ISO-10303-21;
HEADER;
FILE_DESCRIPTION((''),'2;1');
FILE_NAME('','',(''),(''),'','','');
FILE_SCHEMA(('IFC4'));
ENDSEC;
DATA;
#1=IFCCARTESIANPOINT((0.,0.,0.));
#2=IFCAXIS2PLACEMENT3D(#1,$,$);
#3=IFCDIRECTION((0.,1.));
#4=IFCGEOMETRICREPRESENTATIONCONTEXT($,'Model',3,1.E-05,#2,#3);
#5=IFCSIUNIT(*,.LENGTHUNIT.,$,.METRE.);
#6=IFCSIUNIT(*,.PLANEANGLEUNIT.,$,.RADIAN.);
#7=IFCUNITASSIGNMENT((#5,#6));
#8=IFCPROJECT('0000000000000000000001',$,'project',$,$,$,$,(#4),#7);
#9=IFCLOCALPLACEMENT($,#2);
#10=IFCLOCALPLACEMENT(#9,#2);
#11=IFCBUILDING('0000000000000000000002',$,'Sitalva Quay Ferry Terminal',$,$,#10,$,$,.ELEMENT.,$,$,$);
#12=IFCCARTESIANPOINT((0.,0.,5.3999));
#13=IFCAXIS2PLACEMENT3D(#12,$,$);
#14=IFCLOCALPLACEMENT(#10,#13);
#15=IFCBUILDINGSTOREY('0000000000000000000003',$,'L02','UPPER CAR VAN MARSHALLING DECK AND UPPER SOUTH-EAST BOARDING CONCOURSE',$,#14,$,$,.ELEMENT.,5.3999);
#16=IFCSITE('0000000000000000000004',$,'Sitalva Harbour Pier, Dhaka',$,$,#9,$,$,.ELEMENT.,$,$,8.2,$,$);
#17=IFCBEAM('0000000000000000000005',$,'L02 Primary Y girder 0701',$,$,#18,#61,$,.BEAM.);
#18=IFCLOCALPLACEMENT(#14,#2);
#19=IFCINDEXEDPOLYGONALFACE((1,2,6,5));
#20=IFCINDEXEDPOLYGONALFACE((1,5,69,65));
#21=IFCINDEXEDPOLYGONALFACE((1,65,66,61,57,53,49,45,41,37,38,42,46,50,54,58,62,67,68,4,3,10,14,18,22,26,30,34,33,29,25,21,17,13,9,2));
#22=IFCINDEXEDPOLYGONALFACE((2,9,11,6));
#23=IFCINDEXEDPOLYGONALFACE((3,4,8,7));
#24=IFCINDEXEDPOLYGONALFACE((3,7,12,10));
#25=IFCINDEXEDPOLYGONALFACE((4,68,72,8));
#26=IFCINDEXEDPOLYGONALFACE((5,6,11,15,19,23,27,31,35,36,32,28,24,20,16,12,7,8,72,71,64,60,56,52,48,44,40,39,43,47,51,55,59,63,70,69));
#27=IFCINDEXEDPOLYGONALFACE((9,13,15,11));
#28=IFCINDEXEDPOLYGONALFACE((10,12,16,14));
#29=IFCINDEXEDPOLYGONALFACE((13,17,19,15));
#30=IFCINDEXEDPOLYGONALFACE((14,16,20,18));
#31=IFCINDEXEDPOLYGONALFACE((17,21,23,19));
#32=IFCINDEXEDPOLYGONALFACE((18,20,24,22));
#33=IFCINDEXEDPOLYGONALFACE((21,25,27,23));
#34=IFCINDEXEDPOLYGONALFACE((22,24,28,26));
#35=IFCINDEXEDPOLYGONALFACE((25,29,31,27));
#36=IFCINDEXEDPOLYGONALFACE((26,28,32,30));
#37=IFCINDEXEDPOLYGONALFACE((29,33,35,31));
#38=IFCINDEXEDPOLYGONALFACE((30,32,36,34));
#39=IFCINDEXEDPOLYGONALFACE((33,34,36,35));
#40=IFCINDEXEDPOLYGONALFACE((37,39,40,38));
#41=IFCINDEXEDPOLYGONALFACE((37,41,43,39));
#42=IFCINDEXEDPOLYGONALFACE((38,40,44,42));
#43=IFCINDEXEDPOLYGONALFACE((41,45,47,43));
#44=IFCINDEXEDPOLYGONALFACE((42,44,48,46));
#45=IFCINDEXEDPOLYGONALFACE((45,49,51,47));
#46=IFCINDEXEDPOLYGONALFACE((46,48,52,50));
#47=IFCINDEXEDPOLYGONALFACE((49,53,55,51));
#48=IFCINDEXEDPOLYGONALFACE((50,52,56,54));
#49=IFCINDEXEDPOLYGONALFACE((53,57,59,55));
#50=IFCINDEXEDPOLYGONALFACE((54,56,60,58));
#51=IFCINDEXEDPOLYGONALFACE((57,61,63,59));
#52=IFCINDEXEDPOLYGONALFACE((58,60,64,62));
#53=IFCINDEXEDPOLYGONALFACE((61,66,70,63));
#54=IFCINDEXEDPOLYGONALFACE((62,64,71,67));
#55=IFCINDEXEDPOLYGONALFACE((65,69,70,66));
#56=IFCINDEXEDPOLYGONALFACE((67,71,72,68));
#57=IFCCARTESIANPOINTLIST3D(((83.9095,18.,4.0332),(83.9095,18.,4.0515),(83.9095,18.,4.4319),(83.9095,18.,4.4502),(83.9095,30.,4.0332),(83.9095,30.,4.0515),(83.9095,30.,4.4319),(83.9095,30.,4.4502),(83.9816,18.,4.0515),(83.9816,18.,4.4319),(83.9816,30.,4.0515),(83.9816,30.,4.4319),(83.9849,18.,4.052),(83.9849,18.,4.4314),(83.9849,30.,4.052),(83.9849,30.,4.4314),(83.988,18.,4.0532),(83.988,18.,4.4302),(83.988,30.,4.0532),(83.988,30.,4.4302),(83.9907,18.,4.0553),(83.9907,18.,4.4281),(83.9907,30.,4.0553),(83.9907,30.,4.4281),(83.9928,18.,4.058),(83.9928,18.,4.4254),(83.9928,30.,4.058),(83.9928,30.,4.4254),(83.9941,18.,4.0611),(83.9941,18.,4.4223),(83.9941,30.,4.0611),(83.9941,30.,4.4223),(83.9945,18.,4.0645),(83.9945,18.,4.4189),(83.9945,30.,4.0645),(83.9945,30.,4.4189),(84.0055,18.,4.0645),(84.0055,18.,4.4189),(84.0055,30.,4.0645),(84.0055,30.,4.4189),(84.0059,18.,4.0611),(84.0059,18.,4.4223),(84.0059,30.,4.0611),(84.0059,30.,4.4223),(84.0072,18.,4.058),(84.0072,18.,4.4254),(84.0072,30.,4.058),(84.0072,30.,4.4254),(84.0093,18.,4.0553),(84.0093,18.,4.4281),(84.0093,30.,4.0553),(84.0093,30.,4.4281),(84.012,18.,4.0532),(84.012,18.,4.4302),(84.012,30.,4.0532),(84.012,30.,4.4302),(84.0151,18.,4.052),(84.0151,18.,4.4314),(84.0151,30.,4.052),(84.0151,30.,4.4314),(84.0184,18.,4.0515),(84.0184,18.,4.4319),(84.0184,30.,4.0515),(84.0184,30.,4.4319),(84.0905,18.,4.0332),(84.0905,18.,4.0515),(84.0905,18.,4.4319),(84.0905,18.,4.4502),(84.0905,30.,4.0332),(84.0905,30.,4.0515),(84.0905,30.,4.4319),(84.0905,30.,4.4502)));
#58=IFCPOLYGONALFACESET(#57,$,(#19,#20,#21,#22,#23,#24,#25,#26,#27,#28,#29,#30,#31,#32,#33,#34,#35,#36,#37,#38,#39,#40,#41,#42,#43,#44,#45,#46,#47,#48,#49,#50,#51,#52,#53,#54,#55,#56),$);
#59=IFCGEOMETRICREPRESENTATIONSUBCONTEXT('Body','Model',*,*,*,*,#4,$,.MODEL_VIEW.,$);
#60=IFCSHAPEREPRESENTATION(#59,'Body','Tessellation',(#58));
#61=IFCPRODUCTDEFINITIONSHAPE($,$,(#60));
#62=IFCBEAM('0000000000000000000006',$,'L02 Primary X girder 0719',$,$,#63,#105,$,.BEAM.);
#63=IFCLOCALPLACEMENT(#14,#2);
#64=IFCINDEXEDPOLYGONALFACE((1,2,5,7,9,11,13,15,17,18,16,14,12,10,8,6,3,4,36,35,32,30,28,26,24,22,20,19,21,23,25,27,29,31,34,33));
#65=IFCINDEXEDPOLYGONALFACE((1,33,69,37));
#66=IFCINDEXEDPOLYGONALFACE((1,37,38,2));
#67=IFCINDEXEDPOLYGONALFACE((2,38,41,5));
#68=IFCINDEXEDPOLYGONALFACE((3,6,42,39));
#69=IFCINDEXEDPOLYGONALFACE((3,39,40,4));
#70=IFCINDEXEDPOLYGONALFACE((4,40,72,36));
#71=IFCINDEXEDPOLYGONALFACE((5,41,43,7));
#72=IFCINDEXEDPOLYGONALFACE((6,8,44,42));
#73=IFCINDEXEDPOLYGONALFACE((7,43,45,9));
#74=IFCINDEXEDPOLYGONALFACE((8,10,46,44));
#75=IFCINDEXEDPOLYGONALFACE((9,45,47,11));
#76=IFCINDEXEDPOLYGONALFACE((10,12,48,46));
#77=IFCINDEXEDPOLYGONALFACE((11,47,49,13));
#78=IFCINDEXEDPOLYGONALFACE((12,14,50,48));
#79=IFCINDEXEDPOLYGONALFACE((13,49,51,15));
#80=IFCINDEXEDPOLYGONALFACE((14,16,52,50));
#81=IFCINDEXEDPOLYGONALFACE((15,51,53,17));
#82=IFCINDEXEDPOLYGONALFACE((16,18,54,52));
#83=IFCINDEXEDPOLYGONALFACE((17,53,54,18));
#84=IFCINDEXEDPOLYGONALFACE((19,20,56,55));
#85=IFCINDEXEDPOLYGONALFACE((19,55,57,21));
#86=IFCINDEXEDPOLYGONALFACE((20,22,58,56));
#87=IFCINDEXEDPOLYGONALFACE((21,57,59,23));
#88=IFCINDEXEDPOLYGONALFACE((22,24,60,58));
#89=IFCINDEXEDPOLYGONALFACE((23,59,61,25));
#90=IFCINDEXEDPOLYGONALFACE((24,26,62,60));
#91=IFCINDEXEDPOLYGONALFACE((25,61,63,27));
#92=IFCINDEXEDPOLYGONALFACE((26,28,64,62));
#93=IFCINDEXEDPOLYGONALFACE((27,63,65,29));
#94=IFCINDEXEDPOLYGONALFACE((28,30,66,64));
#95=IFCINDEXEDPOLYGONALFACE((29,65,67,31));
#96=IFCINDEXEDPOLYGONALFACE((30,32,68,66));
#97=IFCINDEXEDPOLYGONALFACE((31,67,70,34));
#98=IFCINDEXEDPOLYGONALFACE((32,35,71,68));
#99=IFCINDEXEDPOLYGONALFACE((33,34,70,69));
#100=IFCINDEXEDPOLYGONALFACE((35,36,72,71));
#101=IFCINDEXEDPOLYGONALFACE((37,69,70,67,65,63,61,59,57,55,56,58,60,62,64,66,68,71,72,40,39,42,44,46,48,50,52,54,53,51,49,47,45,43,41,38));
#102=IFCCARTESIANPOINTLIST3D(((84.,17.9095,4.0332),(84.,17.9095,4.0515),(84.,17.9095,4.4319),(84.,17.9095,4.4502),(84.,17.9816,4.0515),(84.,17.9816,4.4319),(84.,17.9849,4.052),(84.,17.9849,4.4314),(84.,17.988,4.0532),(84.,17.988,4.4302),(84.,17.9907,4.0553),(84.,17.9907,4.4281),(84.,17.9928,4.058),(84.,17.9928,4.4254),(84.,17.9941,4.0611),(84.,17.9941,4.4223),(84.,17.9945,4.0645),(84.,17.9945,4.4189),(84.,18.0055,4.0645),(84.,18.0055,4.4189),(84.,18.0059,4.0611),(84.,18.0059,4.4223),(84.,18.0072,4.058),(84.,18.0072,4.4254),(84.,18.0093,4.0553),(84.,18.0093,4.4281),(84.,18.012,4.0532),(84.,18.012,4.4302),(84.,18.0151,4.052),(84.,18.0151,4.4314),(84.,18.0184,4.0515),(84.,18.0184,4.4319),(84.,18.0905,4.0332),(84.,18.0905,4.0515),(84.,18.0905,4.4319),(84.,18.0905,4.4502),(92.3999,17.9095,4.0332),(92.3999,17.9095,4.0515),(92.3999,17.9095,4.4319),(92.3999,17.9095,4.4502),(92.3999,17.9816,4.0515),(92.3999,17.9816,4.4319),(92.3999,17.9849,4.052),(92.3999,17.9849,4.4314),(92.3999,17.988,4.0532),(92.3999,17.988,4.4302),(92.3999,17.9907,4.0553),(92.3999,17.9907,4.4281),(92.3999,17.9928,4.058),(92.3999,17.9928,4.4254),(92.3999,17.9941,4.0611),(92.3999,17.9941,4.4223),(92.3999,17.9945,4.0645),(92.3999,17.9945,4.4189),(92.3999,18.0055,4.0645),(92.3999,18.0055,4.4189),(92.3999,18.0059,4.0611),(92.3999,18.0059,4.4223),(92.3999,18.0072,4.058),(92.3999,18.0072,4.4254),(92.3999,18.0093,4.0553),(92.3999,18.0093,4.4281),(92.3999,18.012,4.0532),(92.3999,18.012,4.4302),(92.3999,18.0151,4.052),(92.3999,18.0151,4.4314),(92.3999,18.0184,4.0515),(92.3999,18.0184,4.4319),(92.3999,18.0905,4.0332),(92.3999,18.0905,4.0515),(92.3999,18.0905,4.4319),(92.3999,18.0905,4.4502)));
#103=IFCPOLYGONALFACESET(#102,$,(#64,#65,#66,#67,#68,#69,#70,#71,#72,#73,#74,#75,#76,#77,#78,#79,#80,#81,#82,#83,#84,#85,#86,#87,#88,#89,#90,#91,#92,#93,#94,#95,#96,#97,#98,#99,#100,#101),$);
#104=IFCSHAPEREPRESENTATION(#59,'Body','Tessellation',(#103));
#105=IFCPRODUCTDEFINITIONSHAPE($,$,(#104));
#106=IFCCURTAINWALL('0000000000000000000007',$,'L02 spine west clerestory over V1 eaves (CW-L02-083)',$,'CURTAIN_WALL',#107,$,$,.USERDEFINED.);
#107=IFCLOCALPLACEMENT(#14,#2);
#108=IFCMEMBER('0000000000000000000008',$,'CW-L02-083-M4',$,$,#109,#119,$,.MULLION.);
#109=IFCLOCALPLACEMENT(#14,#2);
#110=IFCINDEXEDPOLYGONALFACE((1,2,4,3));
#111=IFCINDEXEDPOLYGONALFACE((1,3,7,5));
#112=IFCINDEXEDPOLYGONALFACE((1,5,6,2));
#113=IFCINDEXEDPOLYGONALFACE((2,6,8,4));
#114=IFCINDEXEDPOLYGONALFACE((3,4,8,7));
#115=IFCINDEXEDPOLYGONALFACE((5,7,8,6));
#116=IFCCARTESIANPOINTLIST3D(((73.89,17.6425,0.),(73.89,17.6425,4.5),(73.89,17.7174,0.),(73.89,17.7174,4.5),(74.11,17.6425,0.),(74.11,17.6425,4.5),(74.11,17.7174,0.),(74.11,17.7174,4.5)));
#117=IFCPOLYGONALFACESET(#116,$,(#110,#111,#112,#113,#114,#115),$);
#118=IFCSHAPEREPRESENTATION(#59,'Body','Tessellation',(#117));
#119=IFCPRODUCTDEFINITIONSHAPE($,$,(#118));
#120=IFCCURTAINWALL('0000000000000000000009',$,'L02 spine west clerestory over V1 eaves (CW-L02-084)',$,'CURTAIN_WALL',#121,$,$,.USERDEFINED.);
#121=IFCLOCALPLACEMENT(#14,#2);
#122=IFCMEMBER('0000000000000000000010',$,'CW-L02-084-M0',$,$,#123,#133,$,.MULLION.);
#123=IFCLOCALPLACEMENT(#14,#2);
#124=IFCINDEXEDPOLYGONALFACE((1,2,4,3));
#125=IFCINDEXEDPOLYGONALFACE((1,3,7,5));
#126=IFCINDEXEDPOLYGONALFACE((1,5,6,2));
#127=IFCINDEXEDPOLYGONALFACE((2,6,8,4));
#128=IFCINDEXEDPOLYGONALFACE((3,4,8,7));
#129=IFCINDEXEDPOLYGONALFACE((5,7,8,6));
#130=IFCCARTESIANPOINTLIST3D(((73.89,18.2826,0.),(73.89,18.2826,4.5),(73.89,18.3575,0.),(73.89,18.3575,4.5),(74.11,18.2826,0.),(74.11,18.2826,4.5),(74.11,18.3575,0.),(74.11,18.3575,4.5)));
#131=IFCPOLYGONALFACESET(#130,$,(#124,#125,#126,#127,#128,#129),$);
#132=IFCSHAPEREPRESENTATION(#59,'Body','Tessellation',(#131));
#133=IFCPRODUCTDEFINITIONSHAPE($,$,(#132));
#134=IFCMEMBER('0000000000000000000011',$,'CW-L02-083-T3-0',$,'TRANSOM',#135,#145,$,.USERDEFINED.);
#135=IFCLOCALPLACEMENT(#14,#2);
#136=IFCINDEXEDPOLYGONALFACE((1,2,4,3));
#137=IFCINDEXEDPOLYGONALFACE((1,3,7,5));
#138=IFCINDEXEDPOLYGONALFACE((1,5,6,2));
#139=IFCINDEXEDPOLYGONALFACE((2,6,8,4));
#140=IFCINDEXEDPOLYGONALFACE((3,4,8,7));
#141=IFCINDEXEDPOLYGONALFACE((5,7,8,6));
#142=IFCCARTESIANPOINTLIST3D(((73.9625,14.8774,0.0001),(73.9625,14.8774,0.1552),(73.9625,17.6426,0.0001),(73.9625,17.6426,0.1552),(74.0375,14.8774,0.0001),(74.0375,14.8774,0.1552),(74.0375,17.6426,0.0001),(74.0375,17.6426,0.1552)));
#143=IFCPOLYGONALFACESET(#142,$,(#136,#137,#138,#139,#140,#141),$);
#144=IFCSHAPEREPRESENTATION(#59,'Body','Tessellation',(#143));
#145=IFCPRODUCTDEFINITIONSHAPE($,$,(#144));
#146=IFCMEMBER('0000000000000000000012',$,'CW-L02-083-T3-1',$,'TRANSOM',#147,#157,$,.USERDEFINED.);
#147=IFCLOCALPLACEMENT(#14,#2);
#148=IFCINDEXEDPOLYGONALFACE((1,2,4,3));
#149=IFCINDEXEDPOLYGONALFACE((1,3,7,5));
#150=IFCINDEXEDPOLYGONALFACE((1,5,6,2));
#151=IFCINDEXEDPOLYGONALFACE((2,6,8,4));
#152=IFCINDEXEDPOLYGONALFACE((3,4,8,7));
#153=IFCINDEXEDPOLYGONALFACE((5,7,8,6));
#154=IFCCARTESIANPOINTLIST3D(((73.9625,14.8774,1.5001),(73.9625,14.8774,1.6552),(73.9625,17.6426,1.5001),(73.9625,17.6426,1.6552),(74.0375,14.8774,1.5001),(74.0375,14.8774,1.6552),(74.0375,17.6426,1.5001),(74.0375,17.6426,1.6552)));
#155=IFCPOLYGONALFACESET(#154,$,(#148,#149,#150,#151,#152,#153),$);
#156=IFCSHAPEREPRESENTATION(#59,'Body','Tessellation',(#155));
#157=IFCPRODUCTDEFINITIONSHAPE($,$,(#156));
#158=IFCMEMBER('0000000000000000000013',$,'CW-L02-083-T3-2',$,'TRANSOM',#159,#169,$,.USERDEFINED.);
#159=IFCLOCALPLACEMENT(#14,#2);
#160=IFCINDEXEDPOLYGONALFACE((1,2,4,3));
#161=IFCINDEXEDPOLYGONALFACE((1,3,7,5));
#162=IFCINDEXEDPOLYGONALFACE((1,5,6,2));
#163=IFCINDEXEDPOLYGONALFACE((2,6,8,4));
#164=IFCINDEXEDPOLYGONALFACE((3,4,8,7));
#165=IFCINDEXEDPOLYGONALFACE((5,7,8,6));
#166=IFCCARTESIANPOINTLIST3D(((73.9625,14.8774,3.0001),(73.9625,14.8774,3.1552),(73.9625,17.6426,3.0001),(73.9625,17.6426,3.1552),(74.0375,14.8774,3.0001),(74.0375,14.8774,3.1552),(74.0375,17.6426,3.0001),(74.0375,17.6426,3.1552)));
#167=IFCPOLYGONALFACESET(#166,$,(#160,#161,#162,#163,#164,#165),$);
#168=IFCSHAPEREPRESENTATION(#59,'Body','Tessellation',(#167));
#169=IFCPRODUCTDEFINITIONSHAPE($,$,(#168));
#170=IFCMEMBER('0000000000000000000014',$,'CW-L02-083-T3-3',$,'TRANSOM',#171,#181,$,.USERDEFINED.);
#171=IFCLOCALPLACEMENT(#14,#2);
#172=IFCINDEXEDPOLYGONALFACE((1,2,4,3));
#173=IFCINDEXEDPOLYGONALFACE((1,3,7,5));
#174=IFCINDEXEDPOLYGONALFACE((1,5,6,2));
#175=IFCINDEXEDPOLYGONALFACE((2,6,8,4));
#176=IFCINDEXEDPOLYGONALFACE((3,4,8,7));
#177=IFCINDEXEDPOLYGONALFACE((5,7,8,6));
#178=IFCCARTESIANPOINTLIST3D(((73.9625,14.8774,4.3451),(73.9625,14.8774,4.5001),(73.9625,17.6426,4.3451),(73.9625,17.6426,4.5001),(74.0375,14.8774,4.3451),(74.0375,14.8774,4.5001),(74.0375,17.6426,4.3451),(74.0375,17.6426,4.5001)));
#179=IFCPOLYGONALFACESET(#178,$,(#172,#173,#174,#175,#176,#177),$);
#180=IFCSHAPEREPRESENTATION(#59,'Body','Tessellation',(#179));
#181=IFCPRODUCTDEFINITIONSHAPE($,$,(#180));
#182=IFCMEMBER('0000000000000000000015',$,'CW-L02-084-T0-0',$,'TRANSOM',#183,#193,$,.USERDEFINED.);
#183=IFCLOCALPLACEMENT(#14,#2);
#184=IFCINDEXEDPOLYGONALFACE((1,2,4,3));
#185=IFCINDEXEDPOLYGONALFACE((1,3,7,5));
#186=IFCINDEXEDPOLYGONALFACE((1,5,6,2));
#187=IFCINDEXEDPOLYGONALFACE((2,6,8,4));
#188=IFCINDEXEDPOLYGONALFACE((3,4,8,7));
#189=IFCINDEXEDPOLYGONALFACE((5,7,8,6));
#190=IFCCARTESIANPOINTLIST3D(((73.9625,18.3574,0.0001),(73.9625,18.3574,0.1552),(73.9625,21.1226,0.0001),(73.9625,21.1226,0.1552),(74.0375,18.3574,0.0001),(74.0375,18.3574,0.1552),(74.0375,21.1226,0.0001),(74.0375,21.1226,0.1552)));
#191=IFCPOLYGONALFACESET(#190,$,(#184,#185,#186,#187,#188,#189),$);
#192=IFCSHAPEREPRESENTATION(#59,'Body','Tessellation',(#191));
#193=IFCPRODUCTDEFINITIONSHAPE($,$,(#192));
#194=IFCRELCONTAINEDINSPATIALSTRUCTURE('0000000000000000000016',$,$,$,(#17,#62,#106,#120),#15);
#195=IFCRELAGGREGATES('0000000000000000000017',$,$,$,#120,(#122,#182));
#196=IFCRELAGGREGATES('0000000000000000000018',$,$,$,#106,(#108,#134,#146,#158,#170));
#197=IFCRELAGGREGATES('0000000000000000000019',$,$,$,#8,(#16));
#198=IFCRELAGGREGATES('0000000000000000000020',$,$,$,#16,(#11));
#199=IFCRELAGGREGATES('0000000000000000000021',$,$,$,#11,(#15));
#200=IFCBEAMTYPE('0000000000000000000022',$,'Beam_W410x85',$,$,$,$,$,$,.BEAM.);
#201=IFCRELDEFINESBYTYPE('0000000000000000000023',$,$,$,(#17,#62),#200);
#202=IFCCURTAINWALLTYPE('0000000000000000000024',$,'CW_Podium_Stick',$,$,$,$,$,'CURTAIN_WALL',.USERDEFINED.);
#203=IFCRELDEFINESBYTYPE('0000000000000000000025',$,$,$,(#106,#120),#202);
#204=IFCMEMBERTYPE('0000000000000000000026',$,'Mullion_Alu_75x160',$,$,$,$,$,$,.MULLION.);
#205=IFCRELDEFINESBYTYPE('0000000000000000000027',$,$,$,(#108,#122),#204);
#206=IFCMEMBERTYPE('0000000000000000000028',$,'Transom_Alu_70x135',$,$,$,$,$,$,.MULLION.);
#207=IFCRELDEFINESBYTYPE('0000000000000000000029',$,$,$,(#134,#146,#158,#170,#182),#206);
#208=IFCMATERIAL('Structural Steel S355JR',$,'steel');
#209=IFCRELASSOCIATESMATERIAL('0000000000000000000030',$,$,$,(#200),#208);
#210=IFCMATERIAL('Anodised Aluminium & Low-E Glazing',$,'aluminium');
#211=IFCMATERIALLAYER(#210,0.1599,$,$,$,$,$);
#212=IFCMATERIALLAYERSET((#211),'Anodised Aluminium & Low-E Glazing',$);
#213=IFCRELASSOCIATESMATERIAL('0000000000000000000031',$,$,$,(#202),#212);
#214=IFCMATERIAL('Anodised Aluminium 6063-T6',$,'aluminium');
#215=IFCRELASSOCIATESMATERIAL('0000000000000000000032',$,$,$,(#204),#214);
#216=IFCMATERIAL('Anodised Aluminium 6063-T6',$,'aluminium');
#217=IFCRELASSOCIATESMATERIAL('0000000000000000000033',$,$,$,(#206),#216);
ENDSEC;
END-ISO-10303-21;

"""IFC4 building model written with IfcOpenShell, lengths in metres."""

from ifc_helpers import new_model, si_unit, direction, frame, origin, origin_2d, place, context, subcontext, project, spatial, rectangle, i_section, extrude, material, layer, layer_set, material_profile, profile_set, type_object, element, aggregate, save


model = new_model("IFC4")

# Units and contexts
model_context = context("Model", 3, precision=1e-05, world=origin(), true_north=direction((0.0, 1.0)))
body_context = subcontext(model_context, "Body", "Model", "MODEL_VIEW")
ifc_project = project(units=[si_unit("LENGTHUNIT", "METRE"), si_unit("PLANEANGLEUNIT", "RADIAN")], contexts=[model_context])

# Site, building, storey
site_placement = place(None, origin())
site = spatial("IfcSite", under=ifc_project, at=site_placement, Name="Sitalva Harbour Pier, Dhaka", CompositionType="ELEMENT", RefElevation=8.2)
building_placement = place(site_placement, origin())
building = spatial("IfcBuilding", under=site, at=building_placement, Name="Sitalva Quay Ferry Terminal", CompositionType="ELEMENT")
storey_placement = place(building_placement, frame((0.0, 0.0, 5.3999)))
storey = spatial("IfcBuildingStorey", under=building, at=storey_placement, Name="L02", Description="UPPER CAR VAN MARSHALLING DECK AND UPPER SOUTH-EAST BOARDING CONCOURSE", CompositionType="ELEMENT", Elevation=5.3999)

# Beams
ifc_material_1 = material(Name="Structural Steel S355JR", Category="steel")
ifc_material_profile_1 = material_profile(ifc_material_1, i_section(OverallWidth=0.1809, OverallDepth=0.417, WebThickness=0.011, FlangeThickness=0.0183, FilletRadius=0.0129, at=origin_2d()), Name="W410x85")
ifc_profile_set_1 = profile_set([ifc_material_profile_1], Name="Structural Steel S355JR")
beam_type = type_object("IfcBeamType", Name="Beam_W410x85", PredefinedType="BEAM", material=ifc_profile_set_1)
for number, where, z_axis, x_axis, name in (
    (1, (84.0, 18.0, 4.2417), (0.0, 1.0, 0.0), (-1.0, 0.0, 0.0), "L02 Primary Y girder 0701"),
):
    element("IfcBeam", number, at=place(storey_placement, frame(where, z_axis=z_axis, x_axis=x_axis)), inside=storey, type_object=beam_type, Name=name, PredefinedType="BEAM", context=body_context, shape_type="SweptSolid", body=[
        extrude(i_section(OverallWidth=0.1809, OverallDepth=0.417, WebThickness=0.011, FlangeThickness=0.0183, FilletRadius=0.0129, at=origin_2d()), origin(), (0.0, 0.0, 1.0), 12.0),
    ])
beam_1_placement = place(storey_placement, frame((84.0, 18.0, 4.2417), z_axis=(1.0, 0.0, 0.0), x_axis=(0.0, 1.0, 0.0)))
element("IfcBeam", 2, at=beam_1_placement, inside=storey, type_object=beam_type, Name="L02 Primary X girder 0719", PredefinedType="BEAM", context=body_context, shape_type="SweptSolid", body=[
    extrude(i_section(OverallWidth=0.1809, OverallDepth=0.417, WebThickness=0.011, FlangeThickness=0.0183, FilletRadius=0.0129, at=origin_2d()), origin(), (0.0, 0.0, 1.0), 8.3999),
])

# Curtain walls, members
ifc_material_2 = material(Name="Anodised Aluminium & Low-E Glazing", Category="aluminium")
ifc_layer_1 = layer(ifc_material_2, 0.1599)
ifc_layer_set_1 = layer_set([ifc_layer_1], Name="Anodised Aluminium & Low-E Glazing")
curtain_wall_type = type_object("IfcCurtainWallType", Name="CW_Podium_Stick", ElementType="CURTAIN_WALL", PredefinedType="USERDEFINED", material=ifc_layer_set_1)
curtain_wall_1_placement = place(storey_placement, origin())
curtain_wall_1 = element("IfcCurtainWall", 3, at=curtain_wall_1_placement, inside=storey, type_object=curtain_wall_type, Name="L02 spine west clerestory over V1 eaves (CW-L02-083)", ObjectType="CURTAIN_WALL", PredefinedType="USERDEFINED")
ifc_material_3 = material(Name="Anodised Aluminium 6063-T6", Category="aluminium")
ifc_material_profile_2 = material_profile(ifc_material_3, rectangle(XDim=0.075, YDim=0.22, at=origin_2d()), Name="ALU75x220")
ifc_profile_set_2 = profile_set([ifc_material_profile_2], Name="Anodised Aluminium 6063-T6")
member_type_1 = type_object("IfcMemberType", Name="Mullion_Alu_75x160", PredefinedType="MULLION", material=ifc_profile_set_2)
member_1_placement = place(storey_placement, frame((74.0, 17.6799, 0.0), z_axis=(0.0, 0.0, 1.0), x_axis=(0.0, 1.0, 0.0)))
member_1 = element("IfcMember", 4, at=member_1_placement, type_object=member_type_1, Name="CW-L02-083-M4", PredefinedType="MULLION", context=body_context, shape_type="SweptSolid", body=[
    extrude(rectangle(XDim=0.075, YDim=0.22, at=origin_2d()), origin(), (0.0, 0.0, 1.0), 4.5),
])
curtain_wall_2_placement = place(storey_placement, origin())
curtain_wall_2 = element("IfcCurtainWall", 5, at=curtain_wall_2_placement, inside=storey, type_object=curtain_wall_type, Name="L02 spine west clerestory over V1 eaves (CW-L02-084)", ObjectType="CURTAIN_WALL", PredefinedType="USERDEFINED")
member_2_placement = place(storey_placement, frame((74.0, 18.3201, 0.0), z_axis=(0.0, 0.0, 1.0), x_axis=(0.0, 1.0, 0.0)))
member_2 = element("IfcMember", 6, at=member_2_placement, type_object=member_type_1, Name="CW-L02-084-M0", PredefinedType="MULLION", context=body_context, shape_type="SweptSolid", body=[
    extrude(rectangle(XDim=0.075, YDim=0.22, at=origin_2d()), origin(), (0.0, 0.0, 1.0), 4.5),
])

# Members
ifc_material_4 = material(Name="Anodised Aluminium 6063-T6", Category="aluminium")
ifc_material_profile_3 = material_profile(ifc_material_4, rectangle(XDim=0.075, YDim=0.155, at=origin_2d()), Name="ALU75x155")
ifc_profile_set_3 = profile_set([ifc_material_profile_3], Name="Anodised Aluminium 6063-T6")
member_type_2 = type_object("IfcMemberType", Name="Transom_Alu_70x135", PredefinedType="MULLION", material=ifc_profile_set_3)
member_3_placement = place(storey_placement, frame((74.0, 14.8774, 0.0776), z_axis=(0.0, 1.0, 0.0), x_axis=(-1.0, 0.0, 0.0)))
member_3 = element("IfcMember", 7, at=member_3_placement, type_object=member_type_2, Name="CW-L02-083-T3-0", ObjectType="TRANSOM", PredefinedType="USERDEFINED", context=body_context, shape_type="SweptSolid", body=[
    extrude(rectangle(XDim=0.075, YDim=0.155, at=origin_2d()), origin(), (0.0, 0.0, 1.0), 2.7651),
])
member_4_placement = place(storey_placement, frame((74.0, 14.8774, 1.5776), z_axis=(0.0, 1.0, 0.0), x_axis=(-1.0, 0.0, 0.0)))
member_4 = element("IfcMember", 8, at=member_4_placement, type_object=member_type_2, Name="CW-L02-083-T3-1", ObjectType="TRANSOM", PredefinedType="USERDEFINED", context=body_context, shape_type="SweptSolid", body=[
    extrude(rectangle(XDim=0.075, YDim=0.155, at=origin_2d()), origin(), (0.0, 0.0, 1.0), 2.7651),
])
member_5_placement = place(storey_placement, frame((74.0, 14.8774, 3.0776), z_axis=(0.0, 1.0, 0.0), x_axis=(-1.0, 0.0, 0.0)))
member_5 = element("IfcMember", 9, at=member_5_placement, type_object=member_type_2, Name="CW-L02-083-T3-2", ObjectType="TRANSOM", PredefinedType="USERDEFINED", context=body_context, shape_type="SweptSolid", body=[
    extrude(rectangle(XDim=0.075, YDim=0.155, at=origin_2d()), origin(), (0.0, 0.0, 1.0), 2.7651),
])
member_6_placement = place(storey_placement, frame((74.0, 14.8774, 4.4226), z_axis=(0.0, 1.0, 0.0), x_axis=(-1.0, 0.0, 0.0)))
member_6 = element("IfcMember", 10, at=member_6_placement, type_object=member_type_2, Name="CW-L02-083-T3-3", ObjectType="TRANSOM", PredefinedType="USERDEFINED", context=body_context, shape_type="SweptSolid", body=[
    extrude(rectangle(XDim=0.075, YDim=0.155, at=origin_2d()), origin(), (0.0, 0.0, 1.0), 2.7651),
])
member_7_placement = place(storey_placement, frame((74.0, 18.3574, 0.0776), z_axis=(0.0, 1.0, 0.0), x_axis=(-1.0, 0.0, 0.0)))
member_7 = element("IfcMember", 11, at=member_7_placement, type_object=member_type_2, Name="CW-L02-084-T0-0", ObjectType="TRANSOM", PredefinedType="USERDEFINED", context=body_context, shape_type="SweptSolid", body=[
    extrude(rectangle(XDim=0.075, YDim=0.155, at=origin_2d()), origin(), (0.0, 0.0, 1.0), 2.7651),
])
aggregate(curtain_wall_2, [member_2, member_7])

aggregate(curtain_wall_1, [member_1, member_3, member_4, member_5, member_6])

save(model, "model.ifc")
